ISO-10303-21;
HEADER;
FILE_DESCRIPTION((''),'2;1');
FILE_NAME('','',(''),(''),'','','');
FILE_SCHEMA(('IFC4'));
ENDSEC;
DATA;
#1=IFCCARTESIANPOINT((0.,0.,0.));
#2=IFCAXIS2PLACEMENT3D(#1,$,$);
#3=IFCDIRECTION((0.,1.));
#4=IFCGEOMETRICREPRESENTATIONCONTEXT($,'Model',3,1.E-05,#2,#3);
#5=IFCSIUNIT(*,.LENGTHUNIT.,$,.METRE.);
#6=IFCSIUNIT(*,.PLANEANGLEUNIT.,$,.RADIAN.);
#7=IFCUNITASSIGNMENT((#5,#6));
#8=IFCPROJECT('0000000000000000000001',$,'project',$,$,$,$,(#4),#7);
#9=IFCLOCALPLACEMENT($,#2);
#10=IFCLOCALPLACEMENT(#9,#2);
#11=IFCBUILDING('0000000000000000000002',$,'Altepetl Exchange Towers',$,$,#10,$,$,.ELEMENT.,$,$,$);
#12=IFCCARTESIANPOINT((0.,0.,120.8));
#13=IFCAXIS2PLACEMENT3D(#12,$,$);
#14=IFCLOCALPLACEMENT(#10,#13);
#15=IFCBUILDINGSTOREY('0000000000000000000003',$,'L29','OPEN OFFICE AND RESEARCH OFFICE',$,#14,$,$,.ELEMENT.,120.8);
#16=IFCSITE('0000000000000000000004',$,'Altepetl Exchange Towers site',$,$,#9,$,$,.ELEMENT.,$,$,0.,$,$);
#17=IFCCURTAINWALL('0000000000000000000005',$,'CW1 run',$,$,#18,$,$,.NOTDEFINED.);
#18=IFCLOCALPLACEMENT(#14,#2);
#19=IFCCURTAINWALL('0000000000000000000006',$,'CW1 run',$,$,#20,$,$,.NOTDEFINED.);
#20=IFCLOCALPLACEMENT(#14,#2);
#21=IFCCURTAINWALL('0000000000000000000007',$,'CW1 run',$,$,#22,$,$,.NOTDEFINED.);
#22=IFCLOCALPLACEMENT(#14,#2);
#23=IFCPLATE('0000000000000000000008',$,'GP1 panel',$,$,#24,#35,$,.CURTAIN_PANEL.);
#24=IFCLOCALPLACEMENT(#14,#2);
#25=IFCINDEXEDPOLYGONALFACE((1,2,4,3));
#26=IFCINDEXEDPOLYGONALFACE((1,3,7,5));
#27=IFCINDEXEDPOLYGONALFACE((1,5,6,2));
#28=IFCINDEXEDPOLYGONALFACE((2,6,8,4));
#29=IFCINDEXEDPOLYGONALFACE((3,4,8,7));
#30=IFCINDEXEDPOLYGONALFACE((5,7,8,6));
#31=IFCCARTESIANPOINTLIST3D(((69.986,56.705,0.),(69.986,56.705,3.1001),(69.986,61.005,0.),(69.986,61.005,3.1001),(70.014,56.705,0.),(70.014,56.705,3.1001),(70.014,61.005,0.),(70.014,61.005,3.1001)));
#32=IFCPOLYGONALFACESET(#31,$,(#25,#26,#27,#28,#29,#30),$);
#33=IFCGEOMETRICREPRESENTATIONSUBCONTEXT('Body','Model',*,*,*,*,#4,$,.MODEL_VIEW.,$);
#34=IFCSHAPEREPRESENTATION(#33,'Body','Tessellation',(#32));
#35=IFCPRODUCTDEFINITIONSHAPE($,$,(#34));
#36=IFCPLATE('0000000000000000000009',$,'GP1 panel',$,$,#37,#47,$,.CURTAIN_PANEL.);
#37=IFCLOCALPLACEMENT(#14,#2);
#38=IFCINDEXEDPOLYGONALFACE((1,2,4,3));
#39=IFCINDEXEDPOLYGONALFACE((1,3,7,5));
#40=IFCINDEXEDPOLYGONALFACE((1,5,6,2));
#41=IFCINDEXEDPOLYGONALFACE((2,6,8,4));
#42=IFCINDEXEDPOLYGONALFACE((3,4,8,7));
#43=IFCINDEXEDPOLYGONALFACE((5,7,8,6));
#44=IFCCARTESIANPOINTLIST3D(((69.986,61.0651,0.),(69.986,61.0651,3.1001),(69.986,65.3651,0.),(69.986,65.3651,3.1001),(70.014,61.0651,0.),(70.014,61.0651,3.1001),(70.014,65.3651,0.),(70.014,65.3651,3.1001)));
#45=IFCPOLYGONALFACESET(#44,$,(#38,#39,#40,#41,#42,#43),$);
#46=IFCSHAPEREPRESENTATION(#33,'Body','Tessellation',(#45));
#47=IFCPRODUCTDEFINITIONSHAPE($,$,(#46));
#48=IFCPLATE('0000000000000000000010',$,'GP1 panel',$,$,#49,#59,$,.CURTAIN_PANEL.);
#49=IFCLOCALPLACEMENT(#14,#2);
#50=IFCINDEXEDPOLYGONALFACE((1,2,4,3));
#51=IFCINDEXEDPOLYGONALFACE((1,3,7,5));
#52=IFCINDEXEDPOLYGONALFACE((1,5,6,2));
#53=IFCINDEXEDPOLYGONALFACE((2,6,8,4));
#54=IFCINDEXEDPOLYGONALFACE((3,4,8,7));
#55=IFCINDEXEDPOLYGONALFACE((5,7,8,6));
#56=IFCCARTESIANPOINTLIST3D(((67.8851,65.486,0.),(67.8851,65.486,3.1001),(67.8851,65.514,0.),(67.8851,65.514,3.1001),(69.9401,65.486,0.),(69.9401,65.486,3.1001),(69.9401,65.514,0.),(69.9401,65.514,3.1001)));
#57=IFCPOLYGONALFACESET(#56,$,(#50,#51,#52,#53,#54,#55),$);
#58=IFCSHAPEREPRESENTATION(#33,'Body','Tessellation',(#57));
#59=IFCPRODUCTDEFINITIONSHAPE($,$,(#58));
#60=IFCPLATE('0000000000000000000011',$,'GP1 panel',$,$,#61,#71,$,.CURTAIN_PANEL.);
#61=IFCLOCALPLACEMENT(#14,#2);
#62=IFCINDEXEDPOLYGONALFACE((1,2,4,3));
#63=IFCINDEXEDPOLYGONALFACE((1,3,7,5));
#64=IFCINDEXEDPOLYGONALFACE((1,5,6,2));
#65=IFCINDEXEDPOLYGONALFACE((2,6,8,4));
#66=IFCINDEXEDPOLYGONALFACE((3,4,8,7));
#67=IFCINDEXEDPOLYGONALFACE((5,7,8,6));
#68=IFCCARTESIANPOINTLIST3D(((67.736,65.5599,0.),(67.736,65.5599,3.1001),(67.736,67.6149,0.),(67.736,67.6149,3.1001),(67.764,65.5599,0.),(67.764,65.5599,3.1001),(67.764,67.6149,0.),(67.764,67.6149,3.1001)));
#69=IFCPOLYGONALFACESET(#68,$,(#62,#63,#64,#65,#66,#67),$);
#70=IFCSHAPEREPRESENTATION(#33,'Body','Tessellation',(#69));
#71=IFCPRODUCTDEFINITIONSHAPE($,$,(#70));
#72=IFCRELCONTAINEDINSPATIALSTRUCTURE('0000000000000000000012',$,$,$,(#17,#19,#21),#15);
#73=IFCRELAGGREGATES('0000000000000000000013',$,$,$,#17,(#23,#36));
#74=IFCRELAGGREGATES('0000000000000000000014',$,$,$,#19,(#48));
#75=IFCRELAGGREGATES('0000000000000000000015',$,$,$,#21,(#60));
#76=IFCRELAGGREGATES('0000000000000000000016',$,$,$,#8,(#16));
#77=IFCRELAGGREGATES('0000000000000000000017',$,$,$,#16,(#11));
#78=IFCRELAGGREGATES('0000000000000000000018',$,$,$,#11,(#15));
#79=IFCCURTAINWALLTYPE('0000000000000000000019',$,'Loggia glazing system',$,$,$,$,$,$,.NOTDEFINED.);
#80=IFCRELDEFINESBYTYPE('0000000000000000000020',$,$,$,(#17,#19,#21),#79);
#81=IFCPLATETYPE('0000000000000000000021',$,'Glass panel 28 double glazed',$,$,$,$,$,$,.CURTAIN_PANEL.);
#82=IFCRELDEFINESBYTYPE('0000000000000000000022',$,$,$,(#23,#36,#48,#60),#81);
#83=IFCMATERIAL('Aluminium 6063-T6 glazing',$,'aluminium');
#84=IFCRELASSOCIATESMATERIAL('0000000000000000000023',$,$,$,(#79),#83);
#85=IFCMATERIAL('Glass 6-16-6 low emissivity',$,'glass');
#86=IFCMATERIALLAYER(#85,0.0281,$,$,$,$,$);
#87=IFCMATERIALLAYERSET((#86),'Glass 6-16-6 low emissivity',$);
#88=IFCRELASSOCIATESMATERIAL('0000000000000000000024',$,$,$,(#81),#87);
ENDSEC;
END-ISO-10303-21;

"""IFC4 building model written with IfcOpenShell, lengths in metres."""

from ifc_helpers import new_model, si_unit, direction, frame, origin, origin_2d, place, context, subcontext, project, spatial, rectangle, extrude, material, layer, layer_set, type_object, element, aggregate, save


model = new_model("IFC4")

# Units and contexts
model_context = context("Model", 3, precision=1e-05, world=origin(), true_north=direction((0.0, 1.0)))
body_context = subcontext(model_context, "Body", "Model", "MODEL_VIEW")
ifc_project = project(units=[si_unit("LENGTHUNIT", "METRE"), si_unit("PLANEANGLEUNIT", "RADIAN")], contexts=[model_context])

# Site, building, storey
site_placement = place(None, origin())
site = spatial("IfcSite", under=ifc_project, at=site_placement, Name="Altepetl Exchange Towers site", CompositionType="ELEMENT", RefElevation=0.0)
building_placement = place(site_placement, origin())
building = spatial("IfcBuilding", under=site, at=building_placement, Name="Altepetl Exchange Towers", CompositionType="ELEMENT")
storey_placement = place(building_placement, frame((0.0, 0.0, 120.8)))
storey = spatial("IfcBuildingStorey", under=building, at=storey_placement, Name="L29", Description="OPEN OFFICE AND RESEARCH OFFICE", CompositionType="ELEMENT", Elevation=120.8)

# Curtain walls
ifc_material_1 = material(Name="Aluminium 6063-T6 glazing", Category="aluminium")
curtain_wall_type = type_object("IfcCurtainWallType", Name="Loggia glazing system", PredefinedType="NOTDEFINED", material=ifc_material_1)
curtain_wall_1_placement = place(storey_placement, origin())
curtain_wall_1 = element("IfcCurtainWall", 1, at=curtain_wall_1_placement, inside=storey, type_object=curtain_wall_type, Name="CW1 run", PredefinedType="NOTDEFINED")
curtain_wall_2_placement = place(storey_placement, origin())
curtain_wall_2 = element("IfcCurtainWall", 2, at=curtain_wall_2_placement, inside=storey, type_object=curtain_wall_type, Name="CW1 run", PredefinedType="NOTDEFINED")

# Curtain wall
curtain_wall_3_placement = place(storey_placement, origin())
curtain_wall_3 = element("IfcCurtainWall", 3, at=curtain_wall_3_placement, inside=storey, type_object=curtain_wall_type, Name="CW1 run", PredefinedType="NOTDEFINED")

# Plates
ifc_material_2 = material(Name="Glass 6-16-6 low emissivity", Category="glass")
ifc_layer = layer(ifc_material_2, 0.0281)
ifc_layer_set = layer_set([ifc_layer], Name="Glass 6-16-6 low emissivity")
plate_type = type_object("IfcPlateType", Name="Glass panel 28 double glazed", PredefinedType="CURTAIN_PANEL", material=ifc_layer_set)
plate_1_placement = place(storey_placement, frame((70.0, 58.855, 0.0), z_axis=(0.0, 0.0, 1.0), x_axis=(0.0, 1.0, 0.0)))
plate_1 = element("IfcPlate", 4, at=plate_1_placement, type_object=plate_type, Name="GP1 panel", PredefinedType="CURTAIN_PANEL", context=body_context, shape_type="SweptSolid", body=[
    extrude(rectangle(XDim=4.3, YDim=0.0281, at=origin_2d()), origin(), (0.0, 0.0, 1.0), 3.1001),
])
plate_2_placement = place(storey_placement, frame((70.0, 63.2151, 0.0), z_axis=(0.0, 0.0, 1.0), x_axis=(0.0, 1.0, 0.0)))
plate_2 = element("IfcPlate", 5, at=plate_2_placement, type_object=plate_type, Name="GP1 panel", PredefinedType="CURTAIN_PANEL", context=body_context, shape_type="SweptSolid", body=[
    extrude(rectangle(XDim=4.3, YDim=0.0281, at=origin_2d()), origin(), (0.0, 0.0, 1.0), 3.1001),
])
aggregate(curtain_wall_1, [plate_1, plate_2])
plate_3_placement = place(storey_placement, frame((68.9126, 65.5, 0.0), z_axis=(0.0, 0.0, 1.0), x_axis=(-1.0, 0.0, 0.0)))
plate_3 = element("IfcPlate", 6, at=plate_3_placement, type_object=plate_type, Name="GP1 panel", PredefinedType="CURTAIN_PANEL", context=body_context, shape_type="SweptSolid", body=[
    extrude(rectangle(XDim=2.0549, YDim=0.0281, at=origin_2d()), origin(), (0.0, 0.0, 1.0), 3.1001),
])
aggregate(curtain_wall_2, [plate_3])
plate_4_placement = place(storey_placement, frame((67.75, 66.5874, 0.0), z_axis=(0.0, 0.0, 1.0), x_axis=(0.0, 1.0, 0.0)))
plate_4 = element("IfcPlate", 7, at=plate_4_placement, type_object=plate_type, Name="GP1 panel", PredefinedType="CURTAIN_PANEL", context=body_context, shape_type="SweptSolid", body=[
    extrude(rectangle(XDim=2.0549, YDim=0.0281, at=origin_2d()), origin(), (0.0, 0.0, 1.0), 3.1001),
])
aggregate(curtain_wall_3, [plate_4])

save(model, "model.ifc")
